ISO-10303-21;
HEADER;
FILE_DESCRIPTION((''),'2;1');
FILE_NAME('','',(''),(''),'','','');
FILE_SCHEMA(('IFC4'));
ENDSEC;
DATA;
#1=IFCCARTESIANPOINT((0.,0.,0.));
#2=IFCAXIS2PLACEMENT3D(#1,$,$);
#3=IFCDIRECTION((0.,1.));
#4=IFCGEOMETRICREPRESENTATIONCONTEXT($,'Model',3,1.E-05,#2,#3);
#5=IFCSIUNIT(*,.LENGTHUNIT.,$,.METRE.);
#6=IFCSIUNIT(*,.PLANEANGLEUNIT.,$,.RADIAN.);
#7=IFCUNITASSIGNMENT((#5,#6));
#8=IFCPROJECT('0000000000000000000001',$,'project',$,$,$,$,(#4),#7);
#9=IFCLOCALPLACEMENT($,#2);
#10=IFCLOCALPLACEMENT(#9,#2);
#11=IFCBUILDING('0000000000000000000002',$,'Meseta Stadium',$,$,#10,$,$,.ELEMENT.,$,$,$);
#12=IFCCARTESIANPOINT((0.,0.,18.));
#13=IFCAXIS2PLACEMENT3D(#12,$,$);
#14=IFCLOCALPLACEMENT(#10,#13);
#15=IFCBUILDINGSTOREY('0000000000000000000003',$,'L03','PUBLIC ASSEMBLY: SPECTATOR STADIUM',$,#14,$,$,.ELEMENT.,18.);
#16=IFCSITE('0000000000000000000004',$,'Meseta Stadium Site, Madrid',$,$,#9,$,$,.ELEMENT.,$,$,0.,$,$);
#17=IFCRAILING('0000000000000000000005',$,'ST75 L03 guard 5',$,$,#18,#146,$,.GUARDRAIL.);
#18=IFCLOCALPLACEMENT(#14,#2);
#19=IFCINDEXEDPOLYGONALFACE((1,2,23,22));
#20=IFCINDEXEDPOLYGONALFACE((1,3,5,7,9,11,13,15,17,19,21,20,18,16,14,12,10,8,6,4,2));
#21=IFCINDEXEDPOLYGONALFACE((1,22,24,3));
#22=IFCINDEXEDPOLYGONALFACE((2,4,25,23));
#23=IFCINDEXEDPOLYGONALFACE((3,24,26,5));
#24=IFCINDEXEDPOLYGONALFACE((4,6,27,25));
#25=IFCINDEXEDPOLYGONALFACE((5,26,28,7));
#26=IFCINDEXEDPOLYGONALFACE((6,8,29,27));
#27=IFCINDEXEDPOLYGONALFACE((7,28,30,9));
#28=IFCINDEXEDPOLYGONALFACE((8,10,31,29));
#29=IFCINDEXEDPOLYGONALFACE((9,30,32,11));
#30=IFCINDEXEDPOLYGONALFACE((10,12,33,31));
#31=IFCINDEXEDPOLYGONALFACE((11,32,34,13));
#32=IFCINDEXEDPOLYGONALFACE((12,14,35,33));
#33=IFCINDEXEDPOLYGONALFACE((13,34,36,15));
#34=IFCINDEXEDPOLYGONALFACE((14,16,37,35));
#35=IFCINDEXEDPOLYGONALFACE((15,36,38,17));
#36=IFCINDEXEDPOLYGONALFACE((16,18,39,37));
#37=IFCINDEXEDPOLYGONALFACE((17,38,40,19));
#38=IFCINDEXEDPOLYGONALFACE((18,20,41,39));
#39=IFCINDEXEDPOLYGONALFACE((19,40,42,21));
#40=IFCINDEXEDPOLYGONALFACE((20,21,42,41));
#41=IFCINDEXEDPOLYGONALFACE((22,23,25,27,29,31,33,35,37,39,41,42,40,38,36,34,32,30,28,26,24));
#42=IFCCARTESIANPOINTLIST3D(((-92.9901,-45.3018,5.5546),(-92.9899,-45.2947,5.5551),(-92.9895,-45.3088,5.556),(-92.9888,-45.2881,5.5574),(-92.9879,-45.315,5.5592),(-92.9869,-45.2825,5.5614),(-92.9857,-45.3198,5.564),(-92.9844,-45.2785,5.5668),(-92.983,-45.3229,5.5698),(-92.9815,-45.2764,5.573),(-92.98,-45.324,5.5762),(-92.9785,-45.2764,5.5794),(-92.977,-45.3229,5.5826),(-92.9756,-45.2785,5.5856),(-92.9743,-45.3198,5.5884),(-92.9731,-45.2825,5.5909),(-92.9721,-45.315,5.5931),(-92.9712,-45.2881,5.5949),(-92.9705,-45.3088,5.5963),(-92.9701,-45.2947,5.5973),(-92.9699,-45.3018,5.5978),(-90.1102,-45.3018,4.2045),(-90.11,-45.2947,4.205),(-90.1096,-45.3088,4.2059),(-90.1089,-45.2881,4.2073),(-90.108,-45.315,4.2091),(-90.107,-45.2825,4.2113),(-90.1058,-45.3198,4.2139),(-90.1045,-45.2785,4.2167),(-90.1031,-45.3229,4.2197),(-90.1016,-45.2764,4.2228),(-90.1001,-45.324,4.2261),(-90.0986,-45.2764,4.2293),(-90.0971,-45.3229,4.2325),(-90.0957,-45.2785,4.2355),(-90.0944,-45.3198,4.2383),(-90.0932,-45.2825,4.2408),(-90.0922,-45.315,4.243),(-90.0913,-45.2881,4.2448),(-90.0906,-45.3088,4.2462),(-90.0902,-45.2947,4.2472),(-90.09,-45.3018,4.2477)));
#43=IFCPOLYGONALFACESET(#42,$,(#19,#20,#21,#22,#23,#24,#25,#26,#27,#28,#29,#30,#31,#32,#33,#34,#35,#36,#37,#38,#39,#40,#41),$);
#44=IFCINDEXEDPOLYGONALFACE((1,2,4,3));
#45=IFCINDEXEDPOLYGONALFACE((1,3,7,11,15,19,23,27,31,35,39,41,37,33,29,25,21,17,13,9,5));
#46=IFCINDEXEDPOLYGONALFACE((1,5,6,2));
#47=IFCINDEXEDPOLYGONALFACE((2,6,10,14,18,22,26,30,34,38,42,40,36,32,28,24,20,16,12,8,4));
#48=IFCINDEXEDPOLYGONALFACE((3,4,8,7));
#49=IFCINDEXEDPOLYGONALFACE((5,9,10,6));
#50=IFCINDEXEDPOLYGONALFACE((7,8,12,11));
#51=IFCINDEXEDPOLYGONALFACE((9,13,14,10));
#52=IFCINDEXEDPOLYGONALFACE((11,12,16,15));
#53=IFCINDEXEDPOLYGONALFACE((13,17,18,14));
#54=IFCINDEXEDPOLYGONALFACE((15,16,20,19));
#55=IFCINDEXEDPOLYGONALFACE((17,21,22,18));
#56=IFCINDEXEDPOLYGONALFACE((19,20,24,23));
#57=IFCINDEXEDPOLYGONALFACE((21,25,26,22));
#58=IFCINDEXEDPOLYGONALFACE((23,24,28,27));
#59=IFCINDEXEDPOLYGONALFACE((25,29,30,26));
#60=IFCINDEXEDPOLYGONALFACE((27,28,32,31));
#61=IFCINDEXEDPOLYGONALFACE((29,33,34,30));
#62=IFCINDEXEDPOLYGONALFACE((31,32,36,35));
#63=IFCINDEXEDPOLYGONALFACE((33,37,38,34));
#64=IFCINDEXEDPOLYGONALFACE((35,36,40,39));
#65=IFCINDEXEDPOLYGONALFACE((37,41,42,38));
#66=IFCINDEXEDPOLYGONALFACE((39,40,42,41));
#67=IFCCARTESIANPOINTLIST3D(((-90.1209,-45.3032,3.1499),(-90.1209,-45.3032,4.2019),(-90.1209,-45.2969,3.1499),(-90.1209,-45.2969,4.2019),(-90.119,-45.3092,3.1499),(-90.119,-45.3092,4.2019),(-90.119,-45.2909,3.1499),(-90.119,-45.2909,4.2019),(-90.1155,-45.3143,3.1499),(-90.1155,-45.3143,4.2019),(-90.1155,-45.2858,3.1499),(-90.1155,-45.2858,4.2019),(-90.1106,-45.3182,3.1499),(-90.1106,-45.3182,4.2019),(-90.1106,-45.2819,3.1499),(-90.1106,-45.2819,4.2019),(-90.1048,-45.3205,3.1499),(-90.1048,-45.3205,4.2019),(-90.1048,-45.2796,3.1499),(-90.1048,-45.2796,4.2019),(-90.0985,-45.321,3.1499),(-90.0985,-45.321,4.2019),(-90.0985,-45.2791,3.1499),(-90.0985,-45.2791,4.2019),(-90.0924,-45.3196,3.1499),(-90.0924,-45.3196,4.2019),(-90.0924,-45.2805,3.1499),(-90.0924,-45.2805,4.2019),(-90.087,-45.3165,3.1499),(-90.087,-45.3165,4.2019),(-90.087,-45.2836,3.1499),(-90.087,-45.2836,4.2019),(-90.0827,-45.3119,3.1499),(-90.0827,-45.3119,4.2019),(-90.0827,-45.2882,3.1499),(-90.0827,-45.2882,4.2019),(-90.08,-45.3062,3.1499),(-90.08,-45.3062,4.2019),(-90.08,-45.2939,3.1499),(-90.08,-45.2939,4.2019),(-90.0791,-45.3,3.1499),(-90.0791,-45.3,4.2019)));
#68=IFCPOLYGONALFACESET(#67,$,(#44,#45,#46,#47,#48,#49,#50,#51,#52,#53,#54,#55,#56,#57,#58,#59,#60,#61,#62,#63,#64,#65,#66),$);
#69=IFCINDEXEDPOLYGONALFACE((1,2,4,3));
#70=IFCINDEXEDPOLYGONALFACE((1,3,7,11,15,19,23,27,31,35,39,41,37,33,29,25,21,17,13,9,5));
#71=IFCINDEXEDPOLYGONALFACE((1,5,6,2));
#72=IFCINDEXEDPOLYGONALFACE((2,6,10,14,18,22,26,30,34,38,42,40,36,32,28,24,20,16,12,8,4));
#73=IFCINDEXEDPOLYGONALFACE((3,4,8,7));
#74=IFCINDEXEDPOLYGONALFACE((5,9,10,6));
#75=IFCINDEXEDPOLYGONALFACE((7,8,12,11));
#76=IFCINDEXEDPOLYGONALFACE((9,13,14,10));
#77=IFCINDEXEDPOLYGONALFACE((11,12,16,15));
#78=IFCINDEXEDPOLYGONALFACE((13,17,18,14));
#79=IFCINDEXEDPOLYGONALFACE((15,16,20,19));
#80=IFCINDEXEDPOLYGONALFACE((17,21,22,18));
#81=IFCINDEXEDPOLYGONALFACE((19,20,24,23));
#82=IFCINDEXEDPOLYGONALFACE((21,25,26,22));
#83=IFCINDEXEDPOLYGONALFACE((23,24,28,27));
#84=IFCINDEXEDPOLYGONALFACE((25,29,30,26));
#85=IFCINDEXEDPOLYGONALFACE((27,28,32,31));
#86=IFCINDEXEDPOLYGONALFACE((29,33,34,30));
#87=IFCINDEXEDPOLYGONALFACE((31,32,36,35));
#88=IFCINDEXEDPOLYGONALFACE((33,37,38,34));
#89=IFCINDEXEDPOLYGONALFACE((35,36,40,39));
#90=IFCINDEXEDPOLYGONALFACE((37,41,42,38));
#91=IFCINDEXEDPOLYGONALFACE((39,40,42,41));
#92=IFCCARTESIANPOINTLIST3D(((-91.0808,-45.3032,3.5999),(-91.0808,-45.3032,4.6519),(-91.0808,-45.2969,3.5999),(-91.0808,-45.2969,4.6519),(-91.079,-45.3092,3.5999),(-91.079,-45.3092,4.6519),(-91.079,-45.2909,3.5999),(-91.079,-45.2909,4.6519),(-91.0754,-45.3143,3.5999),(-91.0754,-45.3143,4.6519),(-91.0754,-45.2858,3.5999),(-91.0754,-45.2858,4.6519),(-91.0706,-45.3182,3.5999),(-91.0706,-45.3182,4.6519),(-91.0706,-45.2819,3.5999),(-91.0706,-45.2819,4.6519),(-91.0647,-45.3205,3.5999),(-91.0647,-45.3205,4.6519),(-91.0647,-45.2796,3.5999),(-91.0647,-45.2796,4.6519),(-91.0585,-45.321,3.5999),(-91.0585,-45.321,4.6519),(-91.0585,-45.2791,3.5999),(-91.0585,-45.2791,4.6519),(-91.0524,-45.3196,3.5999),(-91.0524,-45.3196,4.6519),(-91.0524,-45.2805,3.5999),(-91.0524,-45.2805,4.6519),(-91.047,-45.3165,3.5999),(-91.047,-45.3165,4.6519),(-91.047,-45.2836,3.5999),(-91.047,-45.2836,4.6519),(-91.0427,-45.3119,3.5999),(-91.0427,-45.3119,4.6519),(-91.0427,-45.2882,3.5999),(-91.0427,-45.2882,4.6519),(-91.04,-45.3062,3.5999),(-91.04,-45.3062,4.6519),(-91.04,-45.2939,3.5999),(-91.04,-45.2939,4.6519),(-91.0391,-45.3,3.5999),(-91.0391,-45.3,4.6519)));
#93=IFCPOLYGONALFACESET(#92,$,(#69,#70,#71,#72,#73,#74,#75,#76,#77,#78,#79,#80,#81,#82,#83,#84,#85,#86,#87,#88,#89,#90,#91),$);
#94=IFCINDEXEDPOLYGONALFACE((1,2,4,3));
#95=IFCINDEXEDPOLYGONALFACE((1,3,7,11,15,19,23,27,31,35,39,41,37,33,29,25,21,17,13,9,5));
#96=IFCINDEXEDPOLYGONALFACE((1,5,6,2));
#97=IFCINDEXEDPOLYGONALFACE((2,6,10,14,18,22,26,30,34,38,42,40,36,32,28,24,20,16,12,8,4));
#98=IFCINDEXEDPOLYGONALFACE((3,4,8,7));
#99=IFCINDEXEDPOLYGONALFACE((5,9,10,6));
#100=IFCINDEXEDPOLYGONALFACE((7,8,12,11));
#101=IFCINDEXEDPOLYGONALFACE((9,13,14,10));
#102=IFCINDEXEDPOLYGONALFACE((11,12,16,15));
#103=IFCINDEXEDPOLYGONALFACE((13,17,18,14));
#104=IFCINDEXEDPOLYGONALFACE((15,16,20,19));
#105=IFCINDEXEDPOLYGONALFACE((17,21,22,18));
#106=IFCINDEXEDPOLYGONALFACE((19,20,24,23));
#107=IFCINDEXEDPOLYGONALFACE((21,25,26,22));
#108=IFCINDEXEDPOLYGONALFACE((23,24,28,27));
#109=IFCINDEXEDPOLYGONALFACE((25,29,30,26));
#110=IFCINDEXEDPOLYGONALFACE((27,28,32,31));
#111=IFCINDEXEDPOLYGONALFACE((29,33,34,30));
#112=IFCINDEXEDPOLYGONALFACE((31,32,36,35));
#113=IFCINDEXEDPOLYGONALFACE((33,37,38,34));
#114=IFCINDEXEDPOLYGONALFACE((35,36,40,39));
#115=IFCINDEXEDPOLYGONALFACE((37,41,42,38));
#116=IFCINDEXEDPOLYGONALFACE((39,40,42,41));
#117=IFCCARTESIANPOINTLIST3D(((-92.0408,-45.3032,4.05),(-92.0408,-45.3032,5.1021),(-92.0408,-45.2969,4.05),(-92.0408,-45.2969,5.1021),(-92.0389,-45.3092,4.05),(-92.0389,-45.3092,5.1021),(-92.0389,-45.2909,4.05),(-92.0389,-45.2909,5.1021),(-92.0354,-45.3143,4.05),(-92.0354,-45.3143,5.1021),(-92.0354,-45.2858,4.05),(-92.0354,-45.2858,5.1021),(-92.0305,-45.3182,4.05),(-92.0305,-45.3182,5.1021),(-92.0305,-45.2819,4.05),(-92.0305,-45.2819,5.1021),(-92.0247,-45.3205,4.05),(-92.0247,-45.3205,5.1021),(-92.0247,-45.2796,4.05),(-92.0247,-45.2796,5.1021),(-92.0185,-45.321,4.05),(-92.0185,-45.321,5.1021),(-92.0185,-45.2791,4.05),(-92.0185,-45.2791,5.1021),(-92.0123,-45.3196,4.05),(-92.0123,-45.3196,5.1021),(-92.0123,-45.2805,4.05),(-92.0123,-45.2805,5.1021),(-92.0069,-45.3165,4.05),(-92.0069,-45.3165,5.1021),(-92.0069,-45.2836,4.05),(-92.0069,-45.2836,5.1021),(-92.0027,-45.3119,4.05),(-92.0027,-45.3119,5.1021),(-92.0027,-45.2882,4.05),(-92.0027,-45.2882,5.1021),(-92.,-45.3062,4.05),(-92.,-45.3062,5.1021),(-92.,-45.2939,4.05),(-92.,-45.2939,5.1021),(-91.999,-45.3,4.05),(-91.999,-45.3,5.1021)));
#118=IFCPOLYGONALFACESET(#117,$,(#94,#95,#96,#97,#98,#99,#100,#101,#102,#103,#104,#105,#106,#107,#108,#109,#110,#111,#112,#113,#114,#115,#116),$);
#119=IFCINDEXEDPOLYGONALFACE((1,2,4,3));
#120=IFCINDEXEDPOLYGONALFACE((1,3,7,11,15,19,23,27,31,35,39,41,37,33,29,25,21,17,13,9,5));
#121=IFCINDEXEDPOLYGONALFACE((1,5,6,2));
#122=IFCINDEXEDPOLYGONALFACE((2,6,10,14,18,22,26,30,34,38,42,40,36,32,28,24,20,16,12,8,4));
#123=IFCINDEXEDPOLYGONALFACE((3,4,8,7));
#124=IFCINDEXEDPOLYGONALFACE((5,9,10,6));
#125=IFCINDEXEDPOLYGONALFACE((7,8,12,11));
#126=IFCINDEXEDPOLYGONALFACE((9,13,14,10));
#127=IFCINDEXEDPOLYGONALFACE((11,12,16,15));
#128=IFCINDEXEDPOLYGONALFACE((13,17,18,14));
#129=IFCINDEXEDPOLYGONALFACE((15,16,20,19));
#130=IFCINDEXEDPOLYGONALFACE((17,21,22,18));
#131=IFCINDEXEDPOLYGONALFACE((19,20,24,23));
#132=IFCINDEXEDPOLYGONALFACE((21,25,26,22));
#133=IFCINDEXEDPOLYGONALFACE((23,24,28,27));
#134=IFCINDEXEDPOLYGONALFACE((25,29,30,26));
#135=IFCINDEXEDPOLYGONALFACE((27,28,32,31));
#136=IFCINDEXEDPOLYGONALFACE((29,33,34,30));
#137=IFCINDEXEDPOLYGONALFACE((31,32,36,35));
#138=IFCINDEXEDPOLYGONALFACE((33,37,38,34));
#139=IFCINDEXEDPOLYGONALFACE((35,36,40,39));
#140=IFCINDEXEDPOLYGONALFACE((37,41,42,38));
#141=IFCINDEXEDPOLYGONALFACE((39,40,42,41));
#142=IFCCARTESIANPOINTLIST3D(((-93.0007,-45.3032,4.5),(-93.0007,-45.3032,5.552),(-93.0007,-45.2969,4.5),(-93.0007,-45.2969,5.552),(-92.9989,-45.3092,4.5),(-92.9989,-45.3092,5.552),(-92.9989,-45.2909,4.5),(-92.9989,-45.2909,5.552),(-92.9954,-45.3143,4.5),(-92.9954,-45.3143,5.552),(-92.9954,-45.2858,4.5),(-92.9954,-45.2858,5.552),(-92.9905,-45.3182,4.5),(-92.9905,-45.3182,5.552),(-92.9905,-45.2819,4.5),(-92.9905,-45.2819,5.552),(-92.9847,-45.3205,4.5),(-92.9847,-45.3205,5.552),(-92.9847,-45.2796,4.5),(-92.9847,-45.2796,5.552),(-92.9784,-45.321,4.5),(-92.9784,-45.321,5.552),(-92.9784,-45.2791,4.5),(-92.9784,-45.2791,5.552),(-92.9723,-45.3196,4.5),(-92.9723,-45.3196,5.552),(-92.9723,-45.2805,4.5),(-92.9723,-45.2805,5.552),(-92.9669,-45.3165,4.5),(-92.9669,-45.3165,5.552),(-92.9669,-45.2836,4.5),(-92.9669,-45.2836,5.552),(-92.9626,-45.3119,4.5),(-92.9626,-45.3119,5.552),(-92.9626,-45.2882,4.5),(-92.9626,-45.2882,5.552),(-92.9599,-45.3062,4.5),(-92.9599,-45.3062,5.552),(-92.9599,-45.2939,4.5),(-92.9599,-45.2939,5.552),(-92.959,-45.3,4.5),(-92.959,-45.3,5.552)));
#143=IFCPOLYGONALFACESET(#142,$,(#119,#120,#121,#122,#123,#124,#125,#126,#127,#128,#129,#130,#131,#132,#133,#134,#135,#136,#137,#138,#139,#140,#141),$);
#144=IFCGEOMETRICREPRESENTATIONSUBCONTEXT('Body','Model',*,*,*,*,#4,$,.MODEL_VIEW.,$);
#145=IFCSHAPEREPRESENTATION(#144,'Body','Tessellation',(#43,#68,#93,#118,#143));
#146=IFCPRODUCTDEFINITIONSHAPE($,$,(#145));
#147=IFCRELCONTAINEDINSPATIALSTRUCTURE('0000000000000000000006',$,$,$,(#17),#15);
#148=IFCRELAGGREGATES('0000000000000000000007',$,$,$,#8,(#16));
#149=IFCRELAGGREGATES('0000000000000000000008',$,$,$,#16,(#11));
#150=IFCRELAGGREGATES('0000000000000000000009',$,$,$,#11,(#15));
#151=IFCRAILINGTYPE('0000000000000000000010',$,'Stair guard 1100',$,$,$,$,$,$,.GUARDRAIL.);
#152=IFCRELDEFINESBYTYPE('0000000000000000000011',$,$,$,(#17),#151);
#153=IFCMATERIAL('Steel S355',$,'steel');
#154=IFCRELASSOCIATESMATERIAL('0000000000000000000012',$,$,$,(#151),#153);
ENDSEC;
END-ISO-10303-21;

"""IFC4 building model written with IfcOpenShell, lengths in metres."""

from ifc_helpers import new_model, si_unit, direction, frame, origin, origin_2d, place, context, subcontext, project, spatial, circle, extrude, material, type_object, element, save


model = new_model("IFC4")

# Units and contexts
model_context = context("Model", 3, precision=1e-05, world=origin(), true_north=direction((0.0, 1.0)))
body_context = subcontext(model_context, "Body", "Model", "MODEL_VIEW")
ifc_project = project(units=[si_unit("LENGTHUNIT", "METRE"), si_unit("PLANEANGLEUNIT", "RADIAN")], contexts=[model_context])

# Site, building, storey
site_placement = place(None, origin())
site = spatial("IfcSite", under=ifc_project, at=site_placement, Name="Meseta Stadium Site, Madrid", CompositionType="ELEMENT", RefElevation=0.0)
building_placement = place(site_placement, origin())
building = spatial("IfcBuilding", under=site, at=building_placement, Name="Meseta Stadium", CompositionType="ELEMENT")
storey_placement = place(building_placement, frame((0.0, 0.0, 18.0)))
storey = spatial("IfcBuildingStorey", under=building, at=storey_placement, Name="L03", Description="PUBLIC ASSEMBLY: SPECTATOR STADIUM", CompositionType="ELEMENT", Elevation=18.0)

# Railing
ifc_material_1 = material(Name="Steel S355", Category="steel")
railing_type_1 = type_object("IfcRailingType", Name="Stair guard 1100", PredefinedType="GUARDRAIL", material=ifc_material_1)
railing_1_placement = place(storey_placement, frame((-90.1001, -45.3, 3.1499)))
element("IfcRailing", 1, at=railing_1_placement, inside=storey, type_object=railing_type_1, Name="ST75 L03 guard 5", PredefinedType="GUARDRAIL", context=body_context, shape_type="SweptSolid", body=[
    extrude(circle(Radius=0.0239, at=origin_2d()), frame((0.0, 0.0, 1.0762), z_axis=(-0.90544, 0.0, 0.424473), x_axis=(0.0, -1.0, 0.0)), (0.0, 0.0, 1.0), 3.1807),
    extrude(circle(Radius=0.021, at=origin_2d()), origin(), (0.0, 0.0, 1.0), 1.052),
    extrude(circle(Radius=0.021, at=origin_2d()), frame((-0.96, 0.0, 0.45)), (0.0, 0.0, 1.0), 1.052),
    extrude(circle(Radius=0.021, at=origin_2d()), frame((-1.9199, 0.0, 0.9001)), (0.0, 0.0, 1.0), 1.052),
    extrude(circle(Radius=0.021, at=origin_2d()), frame((-2.8799, 0.0, 1.3501)), (0.0, 0.0, 1.0), 1.052),
])

save(model, "model.ifc")
